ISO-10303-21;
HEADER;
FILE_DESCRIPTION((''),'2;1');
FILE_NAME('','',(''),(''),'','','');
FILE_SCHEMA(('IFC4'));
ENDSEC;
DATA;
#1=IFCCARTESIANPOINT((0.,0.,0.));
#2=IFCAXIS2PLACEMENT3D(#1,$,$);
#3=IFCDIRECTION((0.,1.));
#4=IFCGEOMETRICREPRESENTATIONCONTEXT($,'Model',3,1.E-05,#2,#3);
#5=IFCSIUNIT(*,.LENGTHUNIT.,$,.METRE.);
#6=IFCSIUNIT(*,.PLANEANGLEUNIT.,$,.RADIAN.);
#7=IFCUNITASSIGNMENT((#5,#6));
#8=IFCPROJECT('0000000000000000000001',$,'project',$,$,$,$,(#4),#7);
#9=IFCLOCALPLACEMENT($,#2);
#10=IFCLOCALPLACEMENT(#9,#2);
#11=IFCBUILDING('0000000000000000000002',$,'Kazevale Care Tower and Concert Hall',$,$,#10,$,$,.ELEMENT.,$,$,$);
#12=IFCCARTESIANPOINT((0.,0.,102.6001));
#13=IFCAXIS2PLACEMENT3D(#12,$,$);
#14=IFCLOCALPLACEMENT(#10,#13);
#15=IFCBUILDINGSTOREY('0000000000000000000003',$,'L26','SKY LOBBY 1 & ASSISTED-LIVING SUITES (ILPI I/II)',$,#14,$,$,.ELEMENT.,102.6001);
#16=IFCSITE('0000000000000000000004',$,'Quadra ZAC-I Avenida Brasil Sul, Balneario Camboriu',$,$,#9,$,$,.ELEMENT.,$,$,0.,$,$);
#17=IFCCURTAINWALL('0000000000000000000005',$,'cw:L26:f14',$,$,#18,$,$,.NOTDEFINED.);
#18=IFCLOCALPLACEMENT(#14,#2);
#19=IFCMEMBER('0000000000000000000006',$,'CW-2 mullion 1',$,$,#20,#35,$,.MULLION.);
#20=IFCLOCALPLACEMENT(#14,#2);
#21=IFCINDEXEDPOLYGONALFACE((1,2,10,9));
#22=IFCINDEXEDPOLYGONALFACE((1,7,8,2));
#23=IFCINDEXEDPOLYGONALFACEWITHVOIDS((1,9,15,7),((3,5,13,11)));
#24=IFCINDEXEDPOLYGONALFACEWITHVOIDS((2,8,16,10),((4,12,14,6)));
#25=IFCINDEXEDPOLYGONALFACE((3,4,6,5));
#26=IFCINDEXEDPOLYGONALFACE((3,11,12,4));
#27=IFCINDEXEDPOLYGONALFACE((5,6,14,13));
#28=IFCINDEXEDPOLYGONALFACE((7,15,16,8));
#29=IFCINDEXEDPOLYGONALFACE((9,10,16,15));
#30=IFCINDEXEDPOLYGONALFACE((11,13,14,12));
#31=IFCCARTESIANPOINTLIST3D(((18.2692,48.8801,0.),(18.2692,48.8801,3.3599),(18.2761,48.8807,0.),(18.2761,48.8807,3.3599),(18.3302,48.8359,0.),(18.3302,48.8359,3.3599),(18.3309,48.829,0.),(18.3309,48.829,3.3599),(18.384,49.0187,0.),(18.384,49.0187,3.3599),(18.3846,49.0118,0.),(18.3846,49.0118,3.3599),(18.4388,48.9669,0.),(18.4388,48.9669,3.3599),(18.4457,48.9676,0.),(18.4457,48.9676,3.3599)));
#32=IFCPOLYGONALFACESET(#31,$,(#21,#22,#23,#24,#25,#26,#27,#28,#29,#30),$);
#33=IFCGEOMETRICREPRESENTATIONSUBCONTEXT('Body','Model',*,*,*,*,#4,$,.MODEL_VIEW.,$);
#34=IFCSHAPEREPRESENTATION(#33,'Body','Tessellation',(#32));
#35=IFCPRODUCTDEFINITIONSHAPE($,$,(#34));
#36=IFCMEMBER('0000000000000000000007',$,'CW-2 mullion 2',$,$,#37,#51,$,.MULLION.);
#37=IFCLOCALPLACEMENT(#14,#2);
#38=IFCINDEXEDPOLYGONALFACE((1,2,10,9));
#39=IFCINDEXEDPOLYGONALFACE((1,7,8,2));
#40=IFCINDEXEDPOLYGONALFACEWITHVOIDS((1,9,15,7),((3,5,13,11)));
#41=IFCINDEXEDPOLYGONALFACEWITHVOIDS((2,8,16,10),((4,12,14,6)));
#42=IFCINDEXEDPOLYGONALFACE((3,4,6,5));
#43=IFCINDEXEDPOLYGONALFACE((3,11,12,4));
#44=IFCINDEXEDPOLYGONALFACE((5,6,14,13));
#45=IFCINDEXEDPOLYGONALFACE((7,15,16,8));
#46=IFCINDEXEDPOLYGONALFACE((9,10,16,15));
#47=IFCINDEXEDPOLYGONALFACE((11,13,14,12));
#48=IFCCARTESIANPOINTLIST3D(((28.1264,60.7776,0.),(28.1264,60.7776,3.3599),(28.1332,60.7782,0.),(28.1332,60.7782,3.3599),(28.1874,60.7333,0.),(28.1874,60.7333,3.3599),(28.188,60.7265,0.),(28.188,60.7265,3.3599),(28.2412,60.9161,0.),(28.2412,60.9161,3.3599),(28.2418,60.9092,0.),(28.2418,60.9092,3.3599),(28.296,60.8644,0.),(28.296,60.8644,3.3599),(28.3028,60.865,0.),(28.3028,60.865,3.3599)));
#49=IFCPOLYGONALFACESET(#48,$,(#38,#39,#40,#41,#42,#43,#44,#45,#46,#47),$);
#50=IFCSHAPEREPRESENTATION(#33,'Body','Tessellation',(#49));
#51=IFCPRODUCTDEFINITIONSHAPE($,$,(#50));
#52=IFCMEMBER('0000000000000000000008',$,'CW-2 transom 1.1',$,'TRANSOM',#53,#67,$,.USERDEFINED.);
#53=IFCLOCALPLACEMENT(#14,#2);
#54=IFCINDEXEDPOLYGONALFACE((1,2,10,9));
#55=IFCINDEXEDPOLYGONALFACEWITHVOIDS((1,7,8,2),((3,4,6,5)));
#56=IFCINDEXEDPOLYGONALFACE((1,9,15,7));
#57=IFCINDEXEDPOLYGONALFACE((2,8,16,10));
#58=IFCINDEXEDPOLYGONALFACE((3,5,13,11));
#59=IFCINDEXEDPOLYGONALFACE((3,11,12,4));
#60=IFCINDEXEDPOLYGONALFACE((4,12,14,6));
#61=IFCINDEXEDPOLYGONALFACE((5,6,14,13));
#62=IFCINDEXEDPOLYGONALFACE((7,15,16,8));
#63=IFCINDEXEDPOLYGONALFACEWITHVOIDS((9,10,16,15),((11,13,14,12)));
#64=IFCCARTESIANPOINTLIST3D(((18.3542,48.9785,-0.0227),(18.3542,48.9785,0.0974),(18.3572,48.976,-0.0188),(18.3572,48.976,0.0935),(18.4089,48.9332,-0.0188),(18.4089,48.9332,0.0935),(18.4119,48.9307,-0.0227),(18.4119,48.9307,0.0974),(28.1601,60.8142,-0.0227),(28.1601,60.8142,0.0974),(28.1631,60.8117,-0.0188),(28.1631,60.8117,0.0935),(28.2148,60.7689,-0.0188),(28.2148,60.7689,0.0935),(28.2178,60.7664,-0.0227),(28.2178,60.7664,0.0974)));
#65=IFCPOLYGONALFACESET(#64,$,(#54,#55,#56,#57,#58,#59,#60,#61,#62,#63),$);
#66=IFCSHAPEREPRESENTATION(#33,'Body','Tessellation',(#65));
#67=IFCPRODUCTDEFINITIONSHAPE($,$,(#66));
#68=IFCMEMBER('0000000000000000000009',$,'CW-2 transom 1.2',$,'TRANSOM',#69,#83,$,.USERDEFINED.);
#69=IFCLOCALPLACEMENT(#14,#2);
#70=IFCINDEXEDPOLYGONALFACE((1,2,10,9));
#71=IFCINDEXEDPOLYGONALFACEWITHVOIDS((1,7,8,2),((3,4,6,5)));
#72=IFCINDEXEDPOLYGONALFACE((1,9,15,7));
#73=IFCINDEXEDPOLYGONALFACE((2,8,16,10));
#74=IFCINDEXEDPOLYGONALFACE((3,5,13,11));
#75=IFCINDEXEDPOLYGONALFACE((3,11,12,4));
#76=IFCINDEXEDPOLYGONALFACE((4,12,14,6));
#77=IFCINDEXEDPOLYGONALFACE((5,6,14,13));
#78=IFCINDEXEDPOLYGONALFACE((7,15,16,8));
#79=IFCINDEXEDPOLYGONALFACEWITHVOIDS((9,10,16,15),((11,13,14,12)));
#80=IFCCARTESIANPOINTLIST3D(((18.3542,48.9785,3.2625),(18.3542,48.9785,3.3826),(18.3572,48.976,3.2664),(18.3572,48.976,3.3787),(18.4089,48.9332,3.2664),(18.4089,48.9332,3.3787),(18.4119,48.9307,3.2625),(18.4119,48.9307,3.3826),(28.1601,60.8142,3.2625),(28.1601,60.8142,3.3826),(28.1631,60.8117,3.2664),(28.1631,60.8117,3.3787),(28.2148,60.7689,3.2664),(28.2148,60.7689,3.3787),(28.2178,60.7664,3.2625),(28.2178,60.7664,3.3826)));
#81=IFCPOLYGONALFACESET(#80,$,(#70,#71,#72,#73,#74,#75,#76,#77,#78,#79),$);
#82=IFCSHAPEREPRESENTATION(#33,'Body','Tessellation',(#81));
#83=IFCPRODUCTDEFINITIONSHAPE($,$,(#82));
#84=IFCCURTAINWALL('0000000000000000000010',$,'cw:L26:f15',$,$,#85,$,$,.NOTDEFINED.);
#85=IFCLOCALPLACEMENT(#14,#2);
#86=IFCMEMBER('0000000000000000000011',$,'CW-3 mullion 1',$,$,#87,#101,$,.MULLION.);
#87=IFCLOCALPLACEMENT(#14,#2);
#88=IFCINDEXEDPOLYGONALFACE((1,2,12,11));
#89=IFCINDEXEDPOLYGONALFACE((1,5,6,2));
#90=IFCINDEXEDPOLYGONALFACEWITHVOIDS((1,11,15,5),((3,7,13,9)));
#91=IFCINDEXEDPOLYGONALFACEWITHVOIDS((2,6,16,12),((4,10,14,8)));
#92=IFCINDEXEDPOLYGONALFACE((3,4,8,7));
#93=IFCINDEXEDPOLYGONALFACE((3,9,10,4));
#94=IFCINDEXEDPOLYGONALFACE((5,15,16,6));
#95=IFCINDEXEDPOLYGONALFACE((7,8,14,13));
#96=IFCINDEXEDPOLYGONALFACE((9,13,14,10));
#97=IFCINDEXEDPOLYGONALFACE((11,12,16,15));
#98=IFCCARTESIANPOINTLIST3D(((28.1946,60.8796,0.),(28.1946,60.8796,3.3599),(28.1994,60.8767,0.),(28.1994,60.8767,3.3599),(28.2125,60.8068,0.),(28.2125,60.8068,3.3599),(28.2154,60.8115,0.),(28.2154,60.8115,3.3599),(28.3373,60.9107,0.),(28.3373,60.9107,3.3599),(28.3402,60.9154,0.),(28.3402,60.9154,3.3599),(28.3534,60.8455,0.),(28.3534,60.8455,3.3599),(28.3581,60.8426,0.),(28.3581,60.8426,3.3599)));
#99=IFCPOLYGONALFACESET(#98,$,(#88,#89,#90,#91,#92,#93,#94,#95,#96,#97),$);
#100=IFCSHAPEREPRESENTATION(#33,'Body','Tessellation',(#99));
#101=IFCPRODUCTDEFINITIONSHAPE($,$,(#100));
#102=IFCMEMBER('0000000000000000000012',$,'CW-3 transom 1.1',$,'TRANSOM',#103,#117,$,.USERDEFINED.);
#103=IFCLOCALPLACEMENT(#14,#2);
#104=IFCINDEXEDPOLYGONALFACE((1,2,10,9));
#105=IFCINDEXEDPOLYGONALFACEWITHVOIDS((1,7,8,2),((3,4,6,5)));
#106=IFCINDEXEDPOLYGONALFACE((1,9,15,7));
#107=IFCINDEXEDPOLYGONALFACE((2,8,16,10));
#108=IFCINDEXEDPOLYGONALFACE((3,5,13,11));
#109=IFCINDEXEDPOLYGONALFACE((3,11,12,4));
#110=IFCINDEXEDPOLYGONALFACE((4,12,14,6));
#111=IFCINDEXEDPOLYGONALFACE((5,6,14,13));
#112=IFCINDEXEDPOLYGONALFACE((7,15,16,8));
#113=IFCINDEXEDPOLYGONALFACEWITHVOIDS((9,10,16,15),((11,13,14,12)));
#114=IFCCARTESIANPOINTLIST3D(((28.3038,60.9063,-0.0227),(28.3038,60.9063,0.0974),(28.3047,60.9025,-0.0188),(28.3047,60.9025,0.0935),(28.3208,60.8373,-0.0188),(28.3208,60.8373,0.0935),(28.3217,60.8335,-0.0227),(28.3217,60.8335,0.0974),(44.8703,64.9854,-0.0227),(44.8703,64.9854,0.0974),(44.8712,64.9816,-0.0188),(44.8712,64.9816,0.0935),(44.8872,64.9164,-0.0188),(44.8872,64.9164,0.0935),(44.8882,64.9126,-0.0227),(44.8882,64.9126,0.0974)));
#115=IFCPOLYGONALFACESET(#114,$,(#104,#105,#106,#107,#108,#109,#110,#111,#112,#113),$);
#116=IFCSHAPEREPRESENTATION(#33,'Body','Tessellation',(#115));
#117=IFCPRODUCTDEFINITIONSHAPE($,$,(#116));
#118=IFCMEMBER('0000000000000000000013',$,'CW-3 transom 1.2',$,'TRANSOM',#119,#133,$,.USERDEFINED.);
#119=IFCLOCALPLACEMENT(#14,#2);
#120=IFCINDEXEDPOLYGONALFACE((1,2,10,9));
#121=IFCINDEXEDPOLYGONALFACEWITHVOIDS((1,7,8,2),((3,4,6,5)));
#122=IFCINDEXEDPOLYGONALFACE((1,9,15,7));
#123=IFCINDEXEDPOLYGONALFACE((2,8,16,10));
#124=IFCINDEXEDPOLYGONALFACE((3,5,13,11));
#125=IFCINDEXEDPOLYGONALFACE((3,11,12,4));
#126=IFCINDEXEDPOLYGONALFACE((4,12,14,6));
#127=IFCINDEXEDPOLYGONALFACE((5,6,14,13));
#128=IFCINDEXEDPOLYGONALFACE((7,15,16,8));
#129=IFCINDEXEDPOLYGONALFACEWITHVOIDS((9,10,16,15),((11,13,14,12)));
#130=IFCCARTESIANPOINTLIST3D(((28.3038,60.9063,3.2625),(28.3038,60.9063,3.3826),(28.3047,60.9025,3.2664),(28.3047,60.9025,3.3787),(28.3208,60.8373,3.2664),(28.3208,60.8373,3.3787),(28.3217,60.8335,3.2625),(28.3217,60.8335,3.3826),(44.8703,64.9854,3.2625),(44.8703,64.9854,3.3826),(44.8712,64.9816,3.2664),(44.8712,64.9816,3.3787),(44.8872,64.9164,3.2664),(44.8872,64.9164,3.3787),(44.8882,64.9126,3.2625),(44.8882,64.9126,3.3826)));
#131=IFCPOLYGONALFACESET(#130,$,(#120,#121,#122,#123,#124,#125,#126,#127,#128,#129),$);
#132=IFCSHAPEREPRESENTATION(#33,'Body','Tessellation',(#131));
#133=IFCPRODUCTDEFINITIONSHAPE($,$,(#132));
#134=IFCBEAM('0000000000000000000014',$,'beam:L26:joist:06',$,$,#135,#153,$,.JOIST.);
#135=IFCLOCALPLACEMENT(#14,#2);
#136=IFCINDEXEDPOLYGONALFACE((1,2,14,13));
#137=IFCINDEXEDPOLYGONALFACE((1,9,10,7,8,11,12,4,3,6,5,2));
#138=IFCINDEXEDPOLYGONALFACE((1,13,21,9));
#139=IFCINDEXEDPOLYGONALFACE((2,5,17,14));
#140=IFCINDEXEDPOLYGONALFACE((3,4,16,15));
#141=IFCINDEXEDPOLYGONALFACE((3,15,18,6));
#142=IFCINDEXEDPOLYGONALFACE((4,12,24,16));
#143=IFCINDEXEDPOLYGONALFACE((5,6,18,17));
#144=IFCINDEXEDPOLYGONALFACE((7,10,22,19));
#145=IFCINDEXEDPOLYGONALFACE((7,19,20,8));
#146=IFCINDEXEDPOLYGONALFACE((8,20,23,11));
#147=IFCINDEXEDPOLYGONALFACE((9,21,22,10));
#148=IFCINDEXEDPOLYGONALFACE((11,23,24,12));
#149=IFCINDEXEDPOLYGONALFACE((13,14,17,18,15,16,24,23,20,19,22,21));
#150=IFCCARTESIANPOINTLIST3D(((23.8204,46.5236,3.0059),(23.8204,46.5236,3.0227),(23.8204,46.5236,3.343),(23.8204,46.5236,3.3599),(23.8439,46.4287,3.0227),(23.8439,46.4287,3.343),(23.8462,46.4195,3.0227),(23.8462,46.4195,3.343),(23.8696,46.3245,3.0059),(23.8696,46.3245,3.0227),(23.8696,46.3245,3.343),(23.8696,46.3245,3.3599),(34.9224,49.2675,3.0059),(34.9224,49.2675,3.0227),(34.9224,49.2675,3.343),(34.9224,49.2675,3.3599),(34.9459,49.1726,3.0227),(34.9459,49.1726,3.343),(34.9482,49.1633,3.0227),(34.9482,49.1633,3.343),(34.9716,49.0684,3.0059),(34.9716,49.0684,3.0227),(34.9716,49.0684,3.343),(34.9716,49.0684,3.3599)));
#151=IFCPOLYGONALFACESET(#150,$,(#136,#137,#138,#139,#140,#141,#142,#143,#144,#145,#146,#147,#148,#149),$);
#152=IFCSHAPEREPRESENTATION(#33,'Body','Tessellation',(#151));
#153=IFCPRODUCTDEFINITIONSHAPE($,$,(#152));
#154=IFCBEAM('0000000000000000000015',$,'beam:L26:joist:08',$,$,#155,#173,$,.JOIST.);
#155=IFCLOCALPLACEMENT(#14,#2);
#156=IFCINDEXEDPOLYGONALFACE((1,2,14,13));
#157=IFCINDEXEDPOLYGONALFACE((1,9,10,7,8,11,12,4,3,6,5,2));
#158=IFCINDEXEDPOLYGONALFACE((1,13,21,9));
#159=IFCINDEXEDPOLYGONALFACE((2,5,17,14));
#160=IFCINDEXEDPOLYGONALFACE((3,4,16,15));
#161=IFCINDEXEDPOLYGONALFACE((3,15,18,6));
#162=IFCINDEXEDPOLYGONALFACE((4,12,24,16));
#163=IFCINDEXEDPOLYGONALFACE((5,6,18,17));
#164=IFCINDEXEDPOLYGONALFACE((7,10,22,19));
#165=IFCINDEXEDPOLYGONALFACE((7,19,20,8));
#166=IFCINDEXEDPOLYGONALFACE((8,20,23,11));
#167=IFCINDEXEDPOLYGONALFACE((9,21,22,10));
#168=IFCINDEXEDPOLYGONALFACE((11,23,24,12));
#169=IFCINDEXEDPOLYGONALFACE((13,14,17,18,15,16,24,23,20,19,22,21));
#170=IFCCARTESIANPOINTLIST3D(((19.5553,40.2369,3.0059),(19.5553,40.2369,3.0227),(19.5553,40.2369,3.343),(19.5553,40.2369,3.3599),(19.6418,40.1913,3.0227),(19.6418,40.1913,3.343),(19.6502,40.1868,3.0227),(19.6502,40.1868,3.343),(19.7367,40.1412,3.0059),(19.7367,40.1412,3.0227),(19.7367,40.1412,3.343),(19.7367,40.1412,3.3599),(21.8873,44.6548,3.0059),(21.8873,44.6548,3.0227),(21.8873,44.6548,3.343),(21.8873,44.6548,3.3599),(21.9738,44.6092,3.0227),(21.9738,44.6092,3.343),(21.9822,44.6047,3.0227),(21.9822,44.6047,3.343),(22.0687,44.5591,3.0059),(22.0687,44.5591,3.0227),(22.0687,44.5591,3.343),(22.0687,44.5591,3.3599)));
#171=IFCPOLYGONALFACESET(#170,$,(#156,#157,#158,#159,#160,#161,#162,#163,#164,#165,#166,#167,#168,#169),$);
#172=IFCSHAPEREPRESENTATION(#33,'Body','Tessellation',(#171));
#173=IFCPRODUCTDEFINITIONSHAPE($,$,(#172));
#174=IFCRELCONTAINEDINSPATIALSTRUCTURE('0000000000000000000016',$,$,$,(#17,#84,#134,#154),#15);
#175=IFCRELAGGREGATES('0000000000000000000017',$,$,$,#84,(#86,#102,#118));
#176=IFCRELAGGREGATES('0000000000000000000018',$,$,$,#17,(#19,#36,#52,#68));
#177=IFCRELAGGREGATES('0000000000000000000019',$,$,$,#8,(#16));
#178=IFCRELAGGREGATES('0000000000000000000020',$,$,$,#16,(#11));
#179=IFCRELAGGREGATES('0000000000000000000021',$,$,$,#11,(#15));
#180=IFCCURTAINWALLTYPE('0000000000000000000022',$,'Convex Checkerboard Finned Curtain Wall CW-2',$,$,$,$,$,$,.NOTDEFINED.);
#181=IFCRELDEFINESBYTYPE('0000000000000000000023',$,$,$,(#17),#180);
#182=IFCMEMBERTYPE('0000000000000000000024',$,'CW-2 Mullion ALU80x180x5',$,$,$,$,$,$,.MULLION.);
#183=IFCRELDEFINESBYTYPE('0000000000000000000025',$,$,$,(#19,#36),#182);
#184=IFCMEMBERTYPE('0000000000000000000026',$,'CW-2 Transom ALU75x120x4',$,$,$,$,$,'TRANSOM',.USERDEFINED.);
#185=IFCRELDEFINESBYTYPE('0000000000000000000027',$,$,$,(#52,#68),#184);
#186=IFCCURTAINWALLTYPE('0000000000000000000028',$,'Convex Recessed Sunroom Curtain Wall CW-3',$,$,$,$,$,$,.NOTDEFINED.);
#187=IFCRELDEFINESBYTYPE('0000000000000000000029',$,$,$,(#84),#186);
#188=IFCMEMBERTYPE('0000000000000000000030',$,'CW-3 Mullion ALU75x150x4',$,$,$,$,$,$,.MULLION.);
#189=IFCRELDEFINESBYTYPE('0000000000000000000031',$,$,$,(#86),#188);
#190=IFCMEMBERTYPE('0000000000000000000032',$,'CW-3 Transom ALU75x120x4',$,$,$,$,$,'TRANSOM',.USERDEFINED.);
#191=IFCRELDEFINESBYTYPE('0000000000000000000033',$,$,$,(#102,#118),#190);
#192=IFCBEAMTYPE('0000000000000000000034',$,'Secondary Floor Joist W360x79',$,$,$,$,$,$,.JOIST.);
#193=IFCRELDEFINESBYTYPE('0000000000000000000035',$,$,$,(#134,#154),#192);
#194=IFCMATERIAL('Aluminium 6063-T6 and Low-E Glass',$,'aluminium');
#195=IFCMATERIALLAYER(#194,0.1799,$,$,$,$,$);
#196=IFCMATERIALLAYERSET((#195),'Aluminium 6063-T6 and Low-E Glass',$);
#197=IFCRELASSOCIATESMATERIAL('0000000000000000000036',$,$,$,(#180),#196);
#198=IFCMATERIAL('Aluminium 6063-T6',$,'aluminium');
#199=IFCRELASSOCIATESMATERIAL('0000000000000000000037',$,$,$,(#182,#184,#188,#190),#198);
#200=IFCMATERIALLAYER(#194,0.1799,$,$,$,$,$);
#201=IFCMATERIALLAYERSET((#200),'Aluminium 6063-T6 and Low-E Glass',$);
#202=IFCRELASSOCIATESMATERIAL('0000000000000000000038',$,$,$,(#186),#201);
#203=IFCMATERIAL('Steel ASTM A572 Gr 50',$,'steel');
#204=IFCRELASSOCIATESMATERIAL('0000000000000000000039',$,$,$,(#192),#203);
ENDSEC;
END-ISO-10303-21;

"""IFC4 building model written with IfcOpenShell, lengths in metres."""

from ifc_helpers import new_model, si_unit, direction, frame, origin, origin_2d, place, context, subcontext, project, spatial, hollow_rectangle, i_section, extrude, material, layer, layer_set, material_profile, profile_set, type_object, element, aggregate, save


model = new_model("IFC4")

# Units and contexts
model_context = context("Model", 3, precision=1e-05, world=origin(), true_north=direction((0.0, 1.0)))
body_context = subcontext(model_context, "Body", "Model", "MODEL_VIEW")
ifc_project = project(units=[si_unit("LENGTHUNIT", "METRE"), si_unit("PLANEANGLEUNIT", "RADIAN")], contexts=[model_context])

# Site, building, storey
site_placement = place(None, origin())
site = spatial("IfcSite", under=ifc_project, at=site_placement, Name="Quadra ZAC-I Avenida Brasil Sul, Balneario Camboriu", CompositionType="ELEMENT", RefElevation=0.0)
building_placement = place(site_placement, origin())
building = spatial("IfcBuilding", under=site, at=building_placement, Name="Kazevale Care Tower and Concert Hall", CompositionType="ELEMENT")
storey_placement = place(building_placement, frame((0.0, 0.0, 102.6001)))
storey = spatial("IfcBuildingStorey", under=building, at=storey_placement, Name="L26", Description="SKY LOBBY 1 & ASSISTED-LIVING SUITES (ILPI I/II)", CompositionType="ELEMENT", Elevation=102.6001)

# Curtain walls, members
ifc_material_1 = material(Name="Aluminium 6063-T6 and Low-E Glass", Category="aluminium")
ifc_layer_1 = layer(ifc_material_1, 0.1799)
ifc_layer_set_1 = layer_set([ifc_layer_1], Name="Aluminium 6063-T6 and Low-E Glass")
curtain_wall_type_1 = type_object("IfcCurtainWallType", Name="Convex Checkerboard Finned Curtain Wall CW-2", PredefinedType="NOTDEFINED", material=ifc_layer_set_1)
curtain_wall_1_placement = place(storey_placement, origin())
curtain_wall_1 = element("IfcCurtainWall", 1, at=curtain_wall_1_placement, inside=storey, type_object=curtain_wall_type_1, Name="cw:L26:f14", PredefinedType="NOTDEFINED")
ifc_material_2 = material(Name="Aluminium 6063-T6", Category="aluminium")
ifc_material_profile_1 = material_profile(ifc_material_2, hollow_rectangle(XDim=0.0801, YDim=0.1799, WallThickness=0.0049, at=origin_2d()), Name="ALU80x180x5")
ifc_profile_set_1 = profile_set([ifc_material_profile_1], Name="Aluminium 6063-T6")
member_type_1 = type_object("IfcMemberType", Name="CW-2 Mullion ALU80x180x5", PredefinedType="MULLION", material=ifc_profile_set_1)
member_1_placement = place(storey_placement, frame((18.3574, 48.9238, 0.0), z_axis=(0.0, 0.0, 1.0), x_axis=(-0.77005, 0.637984, 0.0)))
member_1 = element("IfcMember", 2, at=member_1_placement, type_object=member_type_1, Name="CW-2 mullion 1", PredefinedType="MULLION", context=body_context, shape_type="SweptSolid", body=[
    extrude(hollow_rectangle(XDim=0.0801, YDim=0.1799, WallThickness=0.0049, at=origin_2d()), origin(), (0.0, 0.0, 1.0), 3.3599),
])
member_2_placement = place(storey_placement, frame((28.2146, 60.8213, 0.0), z_axis=(0.0, 0.0, 1.0), x_axis=(-0.77005, 0.637984, 0.0)))
member_2 = element("IfcMember", 3, at=member_2_placement, type_object=member_type_1, Name="CW-2 mullion 2", PredefinedType="MULLION", context=body_context, shape_type="SweptSolid", body=[
    extrude(hollow_rectangle(XDim=0.0801, YDim=0.1799, WallThickness=0.0049, at=origin_2d()), origin(), (0.0, 0.0, 1.0), 3.3599),
])
ifc_material_profile_2 = material_profile(ifc_material_2, hollow_rectangle(XDim=0.075, YDim=0.1201, WallThickness=0.0039, at=origin_2d()), Name="ALU75x120x4")
ifc_profile_set_2 = profile_set([ifc_material_profile_2], Name="Aluminium 6063-T6")
member_type_2 = type_object("IfcMemberType", Name="CW-2 Transom ALU75x120x4", ElementType="TRANSOM", PredefinedType="USERDEFINED", material=ifc_profile_set_2)
member_3_placement = place(storey_placement, frame((18.3831, 48.9546, 0.0374), z_axis=(0.637987, 0.770047, 0.0), x_axis=(-0.770047, 0.637987, 0.0)))
member_3 = element("IfcMember", 4, at=member_3_placement, type_object=member_type_2, Name="CW-2 transom 1.1", ObjectType="TRANSOM", PredefinedType="USERDEFINED", context=body_context, shape_type="SweptSolid", body=[
    extrude(hollow_rectangle(XDim=0.075, YDim=0.1201, WallThickness=0.0039, at=origin_2d()), origin(), (0.0, 0.0, 1.0), 15.3701),
])
member_4_placement = place(storey_placement, frame((18.3831, 48.9546, 3.3225), z_axis=(0.637987, 0.770047, 0.0), x_axis=(-0.770047, 0.637987, 0.0)))
member_4 = element("IfcMember", 5, at=member_4_placement, type_object=member_type_2, Name="CW-2 transom 1.2", ObjectType="TRANSOM", PredefinedType="USERDEFINED", context=body_context, shape_type="SweptSolid", body=[
    extrude(hollow_rectangle(XDim=0.075, YDim=0.1201, WallThickness=0.0039, at=origin_2d()), origin(), (0.0, 0.0, 1.0), 15.3701),
])
ifc_layer_2 = layer(ifc_material_1, 0.1799)
ifc_layer_set_2 = layer_set([ifc_layer_2], Name="Aluminium 6063-T6 and Low-E Glass")
curtain_wall_type_2 = type_object("IfcCurtainWallType", Name="Convex Recessed Sunroom Curtain Wall CW-3", PredefinedType="NOTDEFINED", material=ifc_layer_set_2)
curtain_wall_2_placement = place(storey_placement, origin())
curtain_wall_2 = element("IfcCurtainWall", 6, at=curtain_wall_2_placement, inside=storey, type_object=curtain_wall_type_2, Name="cw:L26:f15", PredefinedType="NOTDEFINED")
ifc_material_profile_3 = material_profile(ifc_material_2, hollow_rectangle(XDim=0.075, YDim=0.1499, WallThickness=0.0039, at=origin_2d()), Name="ALU75x150x4")
ifc_profile_set_3 = profile_set([ifc_material_profile_3], Name="Aluminium 6063-T6")
member_type_3 = type_object("IfcMemberType", Name="CW-3 Mullion ALU75x150x4", PredefinedType="MULLION", material=ifc_profile_set_3)
member_5_placement = place(storey_placement, frame((28.2764, 60.8611, 0.0), z_axis=(0.0, 0.0, 1.0), x_axis=(-0.239089, 0.970998, 0.0)))
member_5 = element("IfcMember", 7, at=member_5_placement, type_object=member_type_3, Name="CW-3 mullion 1", PredefinedType="MULLION", context=body_context, shape_type="SweptSolid", body=[
    extrude(hollow_rectangle(XDim=0.075, YDim=0.1499, WallThickness=0.0039, at=origin_2d()), origin(), (0.0, 0.0, 1.0), 3.3599),
])
ifc_material_profile_4 = material_profile(ifc_material_2, hollow_rectangle(XDim=0.075, YDim=0.1201, WallThickness=0.0039, at=origin_2d()), Name="ALU75x120x4")
ifc_profile_set_4 = profile_set([ifc_material_profile_4], Name="Aluminium 6063-T6")
member_type_4 = type_object("IfcMemberType", Name="CW-3 Transom ALU75x120x4", ElementType="TRANSOM", PredefinedType="USERDEFINED", material=ifc_profile_set_4)
member_6_placement = place(storey_placement, frame((28.3127, 60.8699, 0.0374), z_axis=(0.970998, 0.239086, 0.0), x_axis=(-0.239086, 0.970998, 0.0)))
member_6 = element("IfcMember", 8, at=member_6_placement, type_object=member_type_4, Name="CW-3 transom 1.1", ObjectType="TRANSOM", PredefinedType="USERDEFINED", context=body_context, shape_type="SweptSolid", body=[
    extrude(hollow_rectangle(XDim=0.075, YDim=0.1201, WallThickness=0.0039, at=origin_2d()), origin(), (0.0, 0.0, 1.0), 17.0613),
])
member_7_placement = place(storey_placement, frame((28.3127, 60.8699, 3.3225), z_axis=(0.970998, 0.239086, 0.0), x_axis=(-0.239086, 0.970998, 0.0)))
member_7 = element("IfcMember", 9, at=member_7_placement, type_object=member_type_4, Name="CW-3 transom 1.2", ObjectType="TRANSOM", PredefinedType="USERDEFINED", context=body_context, shape_type="SweptSolid", body=[
    extrude(hollow_rectangle(XDim=0.075, YDim=0.1201, WallThickness=0.0039, at=origin_2d()), origin(), (0.0, 0.0, 1.0), 17.0613),
])
aggregate(curtain_wall_2, [member_5, member_6, member_7])

# Beams
ifc_material_3 = material(Name="Steel ASTM A572 Gr 50", Category="steel")
ifc_material_profile_5 = material_profile(ifc_material_3, i_section(OverallWidth=0.2051, OverallDepth=0.354, WebThickness=0.0095, FlangeThickness=0.0168, at=origin_2d()), Name="W360x79")
ifc_profile_set_5 = profile_set([ifc_material_profile_5], Name="Steel ASTM A572 Gr 50")
beam_type_1 = type_object("IfcBeamType", Name="Secondary Floor Joist W360x79", PredefinedType="JOIST", material=ifc_profile_set_5)
beam_1_placement = place(storey_placement, frame((34.947, 49.168, 3.1829), z_axis=(-0.97079, -0.239933, 0.0), x_axis=(0.239933, -0.97079, 0.0)))
element("IfcBeam", 10, at=beam_1_placement, inside=storey, type_object=beam_type_1, Name="beam:L26:joist:06", PredefinedType="JOIST", context=body_context, shape_type="SweptSolid", body=[
    extrude(i_section(OverallWidth=0.2051, OverallDepth=0.354, WebThickness=0.0095, FlangeThickness=0.0168, at=origin_2d()), origin(), (0.0, 0.0, 1.0), 11.436),
])
beam_2_placement = place(storey_placement, frame((21.978, 44.6069, 3.1829), z_axis=(-0.46681, -0.884358, 0.0), x_axis=(0.884358, -0.46681, 0.0)))
element("IfcBeam", 11, at=beam_2_placement, inside=storey, type_object=beam_type_1, Name="beam:L26:joist:08", PredefinedType="JOIST", context=body_context, shape_type="SweptSolid", body=[
    extrude(i_section(OverallWidth=0.2051, OverallDepth=0.354, WebThickness=0.0095, FlangeThickness=0.0168, at=origin_2d()), origin(), (0.0, 0.0, 1.0), 4.9956),
])

aggregate(curtain_wall_1, [member_1, member_2, member_3, member_4])

save(model, "model.ifc")
